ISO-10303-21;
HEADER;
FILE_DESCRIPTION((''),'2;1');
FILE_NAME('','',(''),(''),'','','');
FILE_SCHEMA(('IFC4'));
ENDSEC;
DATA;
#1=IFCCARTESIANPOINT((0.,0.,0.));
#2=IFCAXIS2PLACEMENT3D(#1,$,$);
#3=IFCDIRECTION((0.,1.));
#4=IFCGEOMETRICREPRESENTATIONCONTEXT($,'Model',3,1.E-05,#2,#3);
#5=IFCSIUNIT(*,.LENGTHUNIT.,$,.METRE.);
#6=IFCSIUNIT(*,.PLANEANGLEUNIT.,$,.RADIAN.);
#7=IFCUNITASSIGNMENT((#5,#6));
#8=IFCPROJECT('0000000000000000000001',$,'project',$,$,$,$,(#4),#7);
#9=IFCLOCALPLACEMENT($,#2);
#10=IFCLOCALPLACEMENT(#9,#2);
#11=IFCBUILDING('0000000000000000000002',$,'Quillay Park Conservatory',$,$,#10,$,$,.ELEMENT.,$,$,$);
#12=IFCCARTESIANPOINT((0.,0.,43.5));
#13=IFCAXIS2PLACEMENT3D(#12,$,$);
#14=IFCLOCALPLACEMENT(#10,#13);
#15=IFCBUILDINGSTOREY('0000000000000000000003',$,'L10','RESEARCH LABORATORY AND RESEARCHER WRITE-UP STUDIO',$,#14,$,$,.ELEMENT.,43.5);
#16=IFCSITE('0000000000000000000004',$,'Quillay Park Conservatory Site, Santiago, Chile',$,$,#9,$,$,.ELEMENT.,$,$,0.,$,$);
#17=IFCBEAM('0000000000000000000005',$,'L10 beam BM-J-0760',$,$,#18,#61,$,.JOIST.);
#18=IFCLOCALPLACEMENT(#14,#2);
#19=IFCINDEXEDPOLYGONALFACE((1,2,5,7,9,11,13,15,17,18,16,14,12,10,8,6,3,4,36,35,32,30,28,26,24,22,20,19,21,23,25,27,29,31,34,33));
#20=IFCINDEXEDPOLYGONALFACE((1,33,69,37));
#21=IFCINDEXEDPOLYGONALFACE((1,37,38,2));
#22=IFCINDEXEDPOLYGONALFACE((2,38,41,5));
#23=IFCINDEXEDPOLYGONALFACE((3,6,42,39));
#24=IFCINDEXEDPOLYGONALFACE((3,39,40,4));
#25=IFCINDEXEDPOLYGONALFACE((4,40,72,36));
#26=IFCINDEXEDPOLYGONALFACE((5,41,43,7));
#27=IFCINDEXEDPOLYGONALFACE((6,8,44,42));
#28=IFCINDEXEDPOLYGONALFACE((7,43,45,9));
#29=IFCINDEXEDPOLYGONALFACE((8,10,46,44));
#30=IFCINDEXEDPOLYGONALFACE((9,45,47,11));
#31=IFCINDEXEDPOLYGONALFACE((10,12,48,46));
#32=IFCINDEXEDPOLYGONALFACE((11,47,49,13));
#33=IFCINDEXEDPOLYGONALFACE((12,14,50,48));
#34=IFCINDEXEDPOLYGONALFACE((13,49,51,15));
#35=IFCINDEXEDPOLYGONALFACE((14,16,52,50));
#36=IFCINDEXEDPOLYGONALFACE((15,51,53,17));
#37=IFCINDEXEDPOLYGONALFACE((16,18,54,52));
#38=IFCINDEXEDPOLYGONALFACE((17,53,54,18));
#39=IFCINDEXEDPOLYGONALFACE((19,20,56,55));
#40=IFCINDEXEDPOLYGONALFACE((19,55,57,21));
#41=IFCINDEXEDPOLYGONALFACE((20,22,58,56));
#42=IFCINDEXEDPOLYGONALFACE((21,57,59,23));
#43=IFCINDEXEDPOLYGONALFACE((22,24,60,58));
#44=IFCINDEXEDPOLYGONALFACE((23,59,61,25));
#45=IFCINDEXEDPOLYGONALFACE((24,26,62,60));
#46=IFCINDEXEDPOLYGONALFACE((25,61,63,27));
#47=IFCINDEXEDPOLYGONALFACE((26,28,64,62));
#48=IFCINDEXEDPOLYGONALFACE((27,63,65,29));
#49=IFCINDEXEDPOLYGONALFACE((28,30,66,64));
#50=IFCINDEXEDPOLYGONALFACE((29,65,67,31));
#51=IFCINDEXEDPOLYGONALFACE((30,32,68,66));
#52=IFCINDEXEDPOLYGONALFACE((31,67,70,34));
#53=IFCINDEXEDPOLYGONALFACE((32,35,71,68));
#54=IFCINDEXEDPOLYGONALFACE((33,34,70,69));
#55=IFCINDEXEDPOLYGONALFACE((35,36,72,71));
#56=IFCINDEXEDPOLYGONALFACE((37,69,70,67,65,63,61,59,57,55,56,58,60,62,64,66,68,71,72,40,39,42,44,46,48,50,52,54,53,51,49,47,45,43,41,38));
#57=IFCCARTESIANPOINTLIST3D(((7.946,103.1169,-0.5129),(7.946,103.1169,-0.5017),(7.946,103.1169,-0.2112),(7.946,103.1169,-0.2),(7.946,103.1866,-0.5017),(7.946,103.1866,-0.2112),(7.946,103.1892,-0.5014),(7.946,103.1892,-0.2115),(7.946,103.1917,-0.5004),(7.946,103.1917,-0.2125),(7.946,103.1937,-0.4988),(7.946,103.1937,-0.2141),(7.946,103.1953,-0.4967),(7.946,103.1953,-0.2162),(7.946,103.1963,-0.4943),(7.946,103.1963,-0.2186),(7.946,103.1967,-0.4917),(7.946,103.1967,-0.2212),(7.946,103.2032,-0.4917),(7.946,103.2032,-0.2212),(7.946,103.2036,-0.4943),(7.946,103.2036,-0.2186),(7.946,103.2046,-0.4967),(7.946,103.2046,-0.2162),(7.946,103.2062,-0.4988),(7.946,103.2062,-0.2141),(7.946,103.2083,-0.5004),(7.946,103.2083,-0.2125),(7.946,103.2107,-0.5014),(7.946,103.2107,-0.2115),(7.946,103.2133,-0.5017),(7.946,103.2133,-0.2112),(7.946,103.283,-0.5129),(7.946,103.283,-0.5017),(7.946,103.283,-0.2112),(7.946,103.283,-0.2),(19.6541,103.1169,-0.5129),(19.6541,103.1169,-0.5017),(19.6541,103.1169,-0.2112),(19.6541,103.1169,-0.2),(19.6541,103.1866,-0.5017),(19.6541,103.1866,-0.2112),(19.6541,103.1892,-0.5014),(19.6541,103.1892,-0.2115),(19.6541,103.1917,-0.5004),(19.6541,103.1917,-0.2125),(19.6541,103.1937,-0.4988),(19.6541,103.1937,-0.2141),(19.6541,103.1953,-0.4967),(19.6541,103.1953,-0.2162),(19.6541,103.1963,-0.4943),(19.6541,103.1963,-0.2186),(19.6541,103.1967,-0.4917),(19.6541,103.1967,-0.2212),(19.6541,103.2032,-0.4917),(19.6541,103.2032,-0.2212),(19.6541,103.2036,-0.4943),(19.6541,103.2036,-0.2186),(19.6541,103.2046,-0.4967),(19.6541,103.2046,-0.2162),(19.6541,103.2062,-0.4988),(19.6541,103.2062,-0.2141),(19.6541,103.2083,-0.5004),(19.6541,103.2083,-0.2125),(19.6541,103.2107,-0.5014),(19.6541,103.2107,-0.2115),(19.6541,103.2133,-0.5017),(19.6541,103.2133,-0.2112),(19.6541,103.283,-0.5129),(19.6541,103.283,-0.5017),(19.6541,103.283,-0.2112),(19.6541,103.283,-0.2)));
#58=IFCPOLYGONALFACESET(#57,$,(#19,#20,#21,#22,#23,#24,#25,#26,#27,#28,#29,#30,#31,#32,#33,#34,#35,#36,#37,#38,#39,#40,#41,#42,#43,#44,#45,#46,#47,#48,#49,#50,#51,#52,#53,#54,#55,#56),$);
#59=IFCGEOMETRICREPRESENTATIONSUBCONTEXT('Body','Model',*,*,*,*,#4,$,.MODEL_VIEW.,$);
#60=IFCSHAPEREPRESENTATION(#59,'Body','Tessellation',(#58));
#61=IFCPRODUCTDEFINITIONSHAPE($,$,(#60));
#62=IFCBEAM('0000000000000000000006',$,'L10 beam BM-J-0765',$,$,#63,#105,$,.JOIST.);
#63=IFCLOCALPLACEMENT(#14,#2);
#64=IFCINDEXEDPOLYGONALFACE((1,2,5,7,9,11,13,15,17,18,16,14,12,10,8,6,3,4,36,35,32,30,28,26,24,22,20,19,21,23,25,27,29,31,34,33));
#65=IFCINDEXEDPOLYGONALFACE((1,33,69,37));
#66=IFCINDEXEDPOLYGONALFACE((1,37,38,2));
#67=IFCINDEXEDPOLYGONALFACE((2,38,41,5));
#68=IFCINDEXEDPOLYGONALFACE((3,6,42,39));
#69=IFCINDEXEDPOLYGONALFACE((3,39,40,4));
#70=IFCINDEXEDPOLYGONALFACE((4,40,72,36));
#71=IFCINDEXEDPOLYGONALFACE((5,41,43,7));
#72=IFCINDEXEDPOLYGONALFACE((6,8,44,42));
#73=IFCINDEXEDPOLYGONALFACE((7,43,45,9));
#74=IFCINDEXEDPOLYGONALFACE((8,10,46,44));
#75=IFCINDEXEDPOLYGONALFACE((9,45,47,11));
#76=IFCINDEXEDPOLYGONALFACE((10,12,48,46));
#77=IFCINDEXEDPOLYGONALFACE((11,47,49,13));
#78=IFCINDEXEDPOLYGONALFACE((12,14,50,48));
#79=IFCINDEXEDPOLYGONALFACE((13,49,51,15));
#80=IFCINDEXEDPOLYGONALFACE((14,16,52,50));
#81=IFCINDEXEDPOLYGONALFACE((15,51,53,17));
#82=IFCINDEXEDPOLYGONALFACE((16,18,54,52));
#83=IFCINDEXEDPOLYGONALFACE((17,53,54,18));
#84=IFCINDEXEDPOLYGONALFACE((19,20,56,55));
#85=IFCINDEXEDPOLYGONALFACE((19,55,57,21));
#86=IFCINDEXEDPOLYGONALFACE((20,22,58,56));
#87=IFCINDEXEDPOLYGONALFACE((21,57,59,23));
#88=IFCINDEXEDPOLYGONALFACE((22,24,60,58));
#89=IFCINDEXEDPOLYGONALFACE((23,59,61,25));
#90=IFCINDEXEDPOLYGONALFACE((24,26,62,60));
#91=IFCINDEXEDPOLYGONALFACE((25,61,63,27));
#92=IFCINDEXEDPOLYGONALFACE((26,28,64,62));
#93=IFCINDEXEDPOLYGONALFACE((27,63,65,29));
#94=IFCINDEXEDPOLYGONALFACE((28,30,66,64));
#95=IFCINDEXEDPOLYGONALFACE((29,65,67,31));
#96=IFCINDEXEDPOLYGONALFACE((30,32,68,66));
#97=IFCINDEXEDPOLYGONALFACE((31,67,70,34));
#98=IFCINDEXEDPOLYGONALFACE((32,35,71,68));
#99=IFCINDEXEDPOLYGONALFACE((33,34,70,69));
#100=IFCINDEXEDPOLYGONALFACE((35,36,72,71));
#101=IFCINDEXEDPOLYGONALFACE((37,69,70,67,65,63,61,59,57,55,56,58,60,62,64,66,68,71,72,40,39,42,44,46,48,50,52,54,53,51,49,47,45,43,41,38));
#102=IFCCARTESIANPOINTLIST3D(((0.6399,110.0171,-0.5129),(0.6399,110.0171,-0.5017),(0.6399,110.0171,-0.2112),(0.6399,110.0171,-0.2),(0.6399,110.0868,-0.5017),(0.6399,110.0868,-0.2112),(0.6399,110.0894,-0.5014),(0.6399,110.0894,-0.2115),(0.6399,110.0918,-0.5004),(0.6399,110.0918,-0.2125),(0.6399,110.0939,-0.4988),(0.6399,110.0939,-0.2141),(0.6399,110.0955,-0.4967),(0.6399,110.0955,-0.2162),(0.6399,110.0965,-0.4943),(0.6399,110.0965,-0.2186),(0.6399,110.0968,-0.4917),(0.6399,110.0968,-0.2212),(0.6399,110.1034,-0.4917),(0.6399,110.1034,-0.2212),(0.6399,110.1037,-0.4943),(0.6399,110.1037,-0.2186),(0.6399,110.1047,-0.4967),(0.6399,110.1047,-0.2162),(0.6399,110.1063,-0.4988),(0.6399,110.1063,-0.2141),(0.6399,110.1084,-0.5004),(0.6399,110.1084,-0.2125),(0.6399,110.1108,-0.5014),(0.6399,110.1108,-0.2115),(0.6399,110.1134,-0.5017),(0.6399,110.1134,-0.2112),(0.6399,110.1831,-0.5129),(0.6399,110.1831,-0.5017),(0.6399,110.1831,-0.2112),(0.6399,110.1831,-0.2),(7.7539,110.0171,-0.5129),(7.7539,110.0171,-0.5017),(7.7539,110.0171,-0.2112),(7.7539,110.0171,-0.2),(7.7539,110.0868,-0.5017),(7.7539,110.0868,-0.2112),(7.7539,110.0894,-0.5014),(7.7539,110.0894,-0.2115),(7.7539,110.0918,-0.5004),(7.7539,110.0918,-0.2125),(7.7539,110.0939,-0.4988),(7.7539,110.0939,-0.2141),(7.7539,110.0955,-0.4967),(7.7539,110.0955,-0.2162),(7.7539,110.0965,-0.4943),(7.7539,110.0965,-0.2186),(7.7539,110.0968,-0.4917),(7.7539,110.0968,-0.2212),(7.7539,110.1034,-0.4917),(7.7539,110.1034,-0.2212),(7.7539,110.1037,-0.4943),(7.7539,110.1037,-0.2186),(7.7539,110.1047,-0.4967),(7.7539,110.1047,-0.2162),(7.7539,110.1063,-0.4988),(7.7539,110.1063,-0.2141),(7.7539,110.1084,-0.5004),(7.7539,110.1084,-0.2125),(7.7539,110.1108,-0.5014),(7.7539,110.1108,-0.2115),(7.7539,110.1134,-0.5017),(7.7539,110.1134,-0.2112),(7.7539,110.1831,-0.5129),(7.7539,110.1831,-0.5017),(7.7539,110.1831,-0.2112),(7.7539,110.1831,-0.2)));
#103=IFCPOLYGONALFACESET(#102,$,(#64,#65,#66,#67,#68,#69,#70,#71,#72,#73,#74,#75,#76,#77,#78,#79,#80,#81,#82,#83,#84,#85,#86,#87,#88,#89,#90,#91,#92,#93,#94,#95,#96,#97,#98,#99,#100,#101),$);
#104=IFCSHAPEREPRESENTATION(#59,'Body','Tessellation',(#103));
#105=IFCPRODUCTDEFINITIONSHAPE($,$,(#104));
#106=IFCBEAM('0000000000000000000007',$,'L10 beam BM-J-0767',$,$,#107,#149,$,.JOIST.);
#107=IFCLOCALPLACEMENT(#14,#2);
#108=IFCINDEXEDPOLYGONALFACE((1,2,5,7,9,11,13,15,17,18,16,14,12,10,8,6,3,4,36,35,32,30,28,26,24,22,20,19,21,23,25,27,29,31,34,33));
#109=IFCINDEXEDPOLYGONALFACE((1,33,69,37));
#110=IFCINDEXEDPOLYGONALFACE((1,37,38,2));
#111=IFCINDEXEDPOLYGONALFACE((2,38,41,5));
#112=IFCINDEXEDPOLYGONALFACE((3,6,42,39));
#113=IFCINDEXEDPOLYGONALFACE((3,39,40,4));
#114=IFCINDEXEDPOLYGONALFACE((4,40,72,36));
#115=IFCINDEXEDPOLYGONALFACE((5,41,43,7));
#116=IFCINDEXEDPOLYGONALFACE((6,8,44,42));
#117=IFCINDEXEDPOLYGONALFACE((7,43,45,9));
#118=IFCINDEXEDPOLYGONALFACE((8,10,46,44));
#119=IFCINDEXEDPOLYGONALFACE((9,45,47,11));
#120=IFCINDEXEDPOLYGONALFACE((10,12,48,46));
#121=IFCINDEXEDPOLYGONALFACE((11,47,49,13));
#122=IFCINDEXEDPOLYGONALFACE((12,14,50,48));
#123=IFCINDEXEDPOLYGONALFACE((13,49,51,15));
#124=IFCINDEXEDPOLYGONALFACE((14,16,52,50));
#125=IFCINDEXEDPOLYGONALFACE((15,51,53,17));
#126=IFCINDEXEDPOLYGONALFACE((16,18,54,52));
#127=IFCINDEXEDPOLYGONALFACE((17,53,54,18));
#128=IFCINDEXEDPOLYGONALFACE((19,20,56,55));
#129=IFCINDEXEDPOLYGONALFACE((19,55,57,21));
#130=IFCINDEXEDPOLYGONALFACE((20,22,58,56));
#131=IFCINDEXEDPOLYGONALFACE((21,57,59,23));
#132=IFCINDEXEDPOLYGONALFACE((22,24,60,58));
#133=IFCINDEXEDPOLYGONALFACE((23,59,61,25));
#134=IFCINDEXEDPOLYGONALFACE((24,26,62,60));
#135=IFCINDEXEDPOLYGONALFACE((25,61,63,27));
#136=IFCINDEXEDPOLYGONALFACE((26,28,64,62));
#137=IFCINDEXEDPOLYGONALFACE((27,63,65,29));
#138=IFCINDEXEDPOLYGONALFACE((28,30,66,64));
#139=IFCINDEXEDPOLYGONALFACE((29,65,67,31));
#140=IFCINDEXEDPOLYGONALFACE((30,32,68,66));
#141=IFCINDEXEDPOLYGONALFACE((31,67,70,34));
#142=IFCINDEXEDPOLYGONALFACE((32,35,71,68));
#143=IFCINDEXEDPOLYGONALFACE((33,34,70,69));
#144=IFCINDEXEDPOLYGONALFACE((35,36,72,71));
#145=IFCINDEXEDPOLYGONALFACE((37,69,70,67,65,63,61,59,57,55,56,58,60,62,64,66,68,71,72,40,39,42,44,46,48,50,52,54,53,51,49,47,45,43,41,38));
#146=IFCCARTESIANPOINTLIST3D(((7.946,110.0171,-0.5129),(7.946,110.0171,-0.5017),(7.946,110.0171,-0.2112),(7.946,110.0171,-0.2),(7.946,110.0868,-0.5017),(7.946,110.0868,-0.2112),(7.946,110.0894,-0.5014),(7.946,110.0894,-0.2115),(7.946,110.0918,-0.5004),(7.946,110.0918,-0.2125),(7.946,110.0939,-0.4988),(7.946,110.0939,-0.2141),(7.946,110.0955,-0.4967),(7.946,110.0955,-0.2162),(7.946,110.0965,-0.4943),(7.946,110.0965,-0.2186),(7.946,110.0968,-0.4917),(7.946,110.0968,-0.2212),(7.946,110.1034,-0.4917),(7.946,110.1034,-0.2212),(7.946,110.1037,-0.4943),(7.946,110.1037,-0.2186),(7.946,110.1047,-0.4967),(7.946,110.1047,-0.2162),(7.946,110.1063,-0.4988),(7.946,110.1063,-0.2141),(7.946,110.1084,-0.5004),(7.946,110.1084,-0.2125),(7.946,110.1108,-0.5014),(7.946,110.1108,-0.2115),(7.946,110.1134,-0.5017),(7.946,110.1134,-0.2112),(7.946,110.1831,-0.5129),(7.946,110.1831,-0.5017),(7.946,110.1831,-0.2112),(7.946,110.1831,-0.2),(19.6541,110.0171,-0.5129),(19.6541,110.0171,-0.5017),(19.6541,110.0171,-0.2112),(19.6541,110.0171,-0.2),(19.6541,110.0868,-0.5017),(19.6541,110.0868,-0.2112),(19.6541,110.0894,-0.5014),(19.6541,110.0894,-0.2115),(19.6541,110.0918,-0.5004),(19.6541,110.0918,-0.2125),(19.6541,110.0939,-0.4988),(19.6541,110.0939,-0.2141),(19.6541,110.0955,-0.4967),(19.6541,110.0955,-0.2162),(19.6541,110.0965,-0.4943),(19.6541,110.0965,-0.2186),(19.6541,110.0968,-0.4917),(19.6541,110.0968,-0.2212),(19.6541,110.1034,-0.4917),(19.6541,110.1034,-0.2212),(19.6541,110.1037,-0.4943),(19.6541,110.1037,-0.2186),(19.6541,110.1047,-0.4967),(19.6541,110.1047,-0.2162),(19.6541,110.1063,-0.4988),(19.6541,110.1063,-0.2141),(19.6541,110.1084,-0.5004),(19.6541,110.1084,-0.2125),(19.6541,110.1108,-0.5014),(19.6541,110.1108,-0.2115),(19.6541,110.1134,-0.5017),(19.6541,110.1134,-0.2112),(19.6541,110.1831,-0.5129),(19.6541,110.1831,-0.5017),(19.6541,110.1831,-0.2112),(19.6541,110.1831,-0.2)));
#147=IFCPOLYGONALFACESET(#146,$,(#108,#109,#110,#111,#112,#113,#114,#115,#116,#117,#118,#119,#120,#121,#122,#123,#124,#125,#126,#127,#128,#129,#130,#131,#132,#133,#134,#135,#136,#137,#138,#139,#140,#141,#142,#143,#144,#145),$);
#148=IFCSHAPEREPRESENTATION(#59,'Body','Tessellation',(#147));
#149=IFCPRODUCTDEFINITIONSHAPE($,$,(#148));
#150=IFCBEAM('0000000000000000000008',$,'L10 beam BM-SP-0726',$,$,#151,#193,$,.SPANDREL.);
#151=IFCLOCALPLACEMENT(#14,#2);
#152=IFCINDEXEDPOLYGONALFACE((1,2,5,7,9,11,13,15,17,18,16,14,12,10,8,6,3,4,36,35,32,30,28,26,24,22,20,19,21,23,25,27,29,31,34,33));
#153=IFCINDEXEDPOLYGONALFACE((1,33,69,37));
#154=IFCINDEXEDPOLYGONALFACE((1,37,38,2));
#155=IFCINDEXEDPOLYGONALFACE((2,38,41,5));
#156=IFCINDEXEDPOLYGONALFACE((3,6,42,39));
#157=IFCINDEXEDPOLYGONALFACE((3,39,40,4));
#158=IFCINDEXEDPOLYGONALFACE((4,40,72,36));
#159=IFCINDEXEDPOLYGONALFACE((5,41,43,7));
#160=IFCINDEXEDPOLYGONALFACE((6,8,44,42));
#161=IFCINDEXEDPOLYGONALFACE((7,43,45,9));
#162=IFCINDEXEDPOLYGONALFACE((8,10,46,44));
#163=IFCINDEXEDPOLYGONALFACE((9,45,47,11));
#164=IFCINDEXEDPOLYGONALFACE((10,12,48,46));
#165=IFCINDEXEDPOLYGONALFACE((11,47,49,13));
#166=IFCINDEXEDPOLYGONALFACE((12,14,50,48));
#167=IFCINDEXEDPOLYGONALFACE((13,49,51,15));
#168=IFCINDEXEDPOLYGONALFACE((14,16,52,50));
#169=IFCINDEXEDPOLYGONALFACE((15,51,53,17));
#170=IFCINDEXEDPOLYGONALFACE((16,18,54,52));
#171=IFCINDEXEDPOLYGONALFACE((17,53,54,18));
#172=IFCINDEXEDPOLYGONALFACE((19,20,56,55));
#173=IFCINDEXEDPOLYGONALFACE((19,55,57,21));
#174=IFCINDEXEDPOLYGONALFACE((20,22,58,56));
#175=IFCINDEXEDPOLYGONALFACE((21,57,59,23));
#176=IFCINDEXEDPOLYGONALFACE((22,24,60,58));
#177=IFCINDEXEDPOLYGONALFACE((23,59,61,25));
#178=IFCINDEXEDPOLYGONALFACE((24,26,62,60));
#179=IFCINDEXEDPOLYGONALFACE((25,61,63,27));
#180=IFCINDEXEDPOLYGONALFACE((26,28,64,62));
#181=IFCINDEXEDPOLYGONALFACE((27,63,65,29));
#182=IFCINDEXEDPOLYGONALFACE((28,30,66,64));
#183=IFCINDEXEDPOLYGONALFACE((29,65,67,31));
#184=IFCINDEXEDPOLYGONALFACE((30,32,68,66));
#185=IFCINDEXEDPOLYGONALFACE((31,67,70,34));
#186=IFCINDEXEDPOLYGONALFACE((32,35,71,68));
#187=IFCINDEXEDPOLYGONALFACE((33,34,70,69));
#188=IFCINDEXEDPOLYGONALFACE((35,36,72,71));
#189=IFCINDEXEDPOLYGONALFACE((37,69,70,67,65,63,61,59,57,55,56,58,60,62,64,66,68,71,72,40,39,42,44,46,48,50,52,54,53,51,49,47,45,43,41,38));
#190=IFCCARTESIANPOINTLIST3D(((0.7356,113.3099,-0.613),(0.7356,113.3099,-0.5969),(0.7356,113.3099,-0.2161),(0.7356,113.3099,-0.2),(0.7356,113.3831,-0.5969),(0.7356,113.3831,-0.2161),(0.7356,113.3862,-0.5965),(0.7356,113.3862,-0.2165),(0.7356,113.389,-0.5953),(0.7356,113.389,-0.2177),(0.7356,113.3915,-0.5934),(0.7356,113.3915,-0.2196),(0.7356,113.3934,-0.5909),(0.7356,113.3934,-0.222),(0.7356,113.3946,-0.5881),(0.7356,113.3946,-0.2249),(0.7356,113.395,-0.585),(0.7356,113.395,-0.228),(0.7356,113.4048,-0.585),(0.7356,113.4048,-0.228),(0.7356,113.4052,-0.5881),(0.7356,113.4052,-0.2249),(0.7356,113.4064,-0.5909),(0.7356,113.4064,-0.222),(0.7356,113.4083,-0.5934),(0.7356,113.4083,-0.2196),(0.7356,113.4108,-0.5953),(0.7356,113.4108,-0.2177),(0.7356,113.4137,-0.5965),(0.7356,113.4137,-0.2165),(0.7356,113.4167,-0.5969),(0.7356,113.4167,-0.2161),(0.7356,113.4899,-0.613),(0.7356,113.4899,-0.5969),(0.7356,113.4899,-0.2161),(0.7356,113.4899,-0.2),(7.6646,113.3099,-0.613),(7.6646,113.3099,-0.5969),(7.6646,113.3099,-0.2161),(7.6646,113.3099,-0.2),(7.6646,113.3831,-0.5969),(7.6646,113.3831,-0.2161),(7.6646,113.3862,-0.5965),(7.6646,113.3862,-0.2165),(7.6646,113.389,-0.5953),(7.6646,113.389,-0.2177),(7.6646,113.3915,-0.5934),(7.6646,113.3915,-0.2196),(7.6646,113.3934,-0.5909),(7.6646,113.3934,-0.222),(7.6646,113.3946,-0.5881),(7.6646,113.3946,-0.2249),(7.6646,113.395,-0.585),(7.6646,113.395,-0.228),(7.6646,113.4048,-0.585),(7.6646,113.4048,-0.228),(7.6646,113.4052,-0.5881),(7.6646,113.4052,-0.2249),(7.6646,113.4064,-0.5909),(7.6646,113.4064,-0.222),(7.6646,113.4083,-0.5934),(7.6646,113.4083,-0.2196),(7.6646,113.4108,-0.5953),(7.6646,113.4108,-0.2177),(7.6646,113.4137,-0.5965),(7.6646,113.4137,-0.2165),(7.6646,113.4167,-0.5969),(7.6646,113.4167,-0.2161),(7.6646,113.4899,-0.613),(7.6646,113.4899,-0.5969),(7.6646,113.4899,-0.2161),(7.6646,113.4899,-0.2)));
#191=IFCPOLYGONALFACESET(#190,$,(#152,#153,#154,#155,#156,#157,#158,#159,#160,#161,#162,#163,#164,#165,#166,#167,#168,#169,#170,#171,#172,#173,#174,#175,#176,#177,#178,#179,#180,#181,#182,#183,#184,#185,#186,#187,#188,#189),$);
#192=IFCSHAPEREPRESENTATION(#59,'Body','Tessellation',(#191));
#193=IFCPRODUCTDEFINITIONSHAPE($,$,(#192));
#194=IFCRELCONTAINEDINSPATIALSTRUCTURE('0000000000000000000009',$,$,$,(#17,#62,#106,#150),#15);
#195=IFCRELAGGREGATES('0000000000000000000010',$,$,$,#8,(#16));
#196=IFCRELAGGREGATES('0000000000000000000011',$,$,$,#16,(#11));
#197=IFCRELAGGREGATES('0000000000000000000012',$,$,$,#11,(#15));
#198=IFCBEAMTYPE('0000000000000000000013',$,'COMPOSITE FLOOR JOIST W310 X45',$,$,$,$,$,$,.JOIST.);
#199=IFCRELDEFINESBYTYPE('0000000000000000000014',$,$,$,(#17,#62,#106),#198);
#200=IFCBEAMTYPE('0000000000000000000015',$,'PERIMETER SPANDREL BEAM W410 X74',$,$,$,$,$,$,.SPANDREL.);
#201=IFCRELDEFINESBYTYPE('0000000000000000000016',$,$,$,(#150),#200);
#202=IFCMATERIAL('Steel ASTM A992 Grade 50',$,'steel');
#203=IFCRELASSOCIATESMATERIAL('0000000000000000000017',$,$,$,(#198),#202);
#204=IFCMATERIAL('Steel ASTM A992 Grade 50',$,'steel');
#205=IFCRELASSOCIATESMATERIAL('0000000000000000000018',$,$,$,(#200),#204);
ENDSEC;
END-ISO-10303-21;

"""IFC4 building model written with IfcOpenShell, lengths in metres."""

from ifc_helpers import new_model, si_unit, direction, frame, origin, origin_2d, place, context, subcontext, project, spatial, i_section, extrude, material, material_profile, profile_set, type_object, element, save


model = new_model("IFC4")

# Units and contexts
model_context = context("Model", 3, precision=1e-05, world=origin(), true_north=direction((0.0, 1.0)))
body_context = subcontext(model_context, "Body", "Model", "MODEL_VIEW")
ifc_project = project(units=[si_unit("LENGTHUNIT", "METRE"), si_unit("PLANEANGLEUNIT", "RADIAN")], contexts=[model_context])

# Site, building, storey
site_placement = place(None, origin())
site = spatial("IfcSite", under=ifc_project, at=site_placement, Name="Quillay Park Conservatory Site, Santiago, Chile", CompositionType="ELEMENT", RefElevation=0.0)
building_placement = place(site_placement, origin())
building = spatial("IfcBuilding", under=site, at=building_placement, Name="Quillay Park Conservatory", CompositionType="ELEMENT")
storey_placement = place(building_placement, frame((0.0, 0.0, 43.5)))
storey = spatial("IfcBuildingStorey", under=building, at=storey_placement, Name="L10", Description="RESEARCH LABORATORY AND RESEARCHER WRITE-UP STUDIO", CompositionType="ELEMENT", Elevation=43.5)

# Beams
ifc_material_1 = material(Name="Steel ASTM A992 Grade 50", Category="steel")
ifc_material_profile_1 = material_profile(ifc_material_1, i_section(OverallWidth=0.166, OverallDepth=0.313, WebThickness=0.0066, FlangeThickness=0.0112, FilletRadius=0.01, at=origin_2d()), Name="W310x45")
ifc_profile_set_1 = profile_set([ifc_material_profile_1], Name="Steel ASTM A992 Grade 50")
beam_type_1 = type_object("IfcBeamType", Name="COMPOSITE FLOOR JOIST W310 X45", PredefinedType="JOIST", material=ifc_profile_set_1)
beam_1_placement = place(storey_placement, frame((7.946, 103.2, -0.3564), z_axis=(1.0, 0.0, 0.0), x_axis=(0.0, 1.0, 0.0)))
element("IfcBeam", 1, at=beam_1_placement, inside=storey, type_object=beam_type_1, Name="L10 beam BM-J-0760", PredefinedType="JOIST", context=body_context, shape_type="SweptSolid", body=[
    extrude(i_section(OverallWidth=0.166, OverallDepth=0.313, WebThickness=0.0066, FlangeThickness=0.0112, FilletRadius=0.01, at=origin_2d()), origin(), (0.0, 0.0, 1.0), 11.708),
])
beam_2_placement = place(storey_placement, frame((0.6399, 110.1001, -0.3564), z_axis=(1.0, 0.0, 0.0), x_axis=(0.0, 1.0, 0.0)))
element("IfcBeam", 2, at=beam_2_placement, inside=storey, type_object=beam_type_1, Name="L10 beam BM-J-0765", PredefinedType="JOIST", context=body_context, shape_type="SweptSolid", body=[
    extrude(i_section(OverallWidth=0.166, OverallDepth=0.313, WebThickness=0.0066, FlangeThickness=0.0112, FilletRadius=0.01, at=origin_2d()), origin(), (0.0, 0.0, 1.0), 7.114),
])
beam_3_placement = place(storey_placement, frame((7.946, 110.1001, -0.3564), z_axis=(1.0, 0.0, 0.0), x_axis=(0.0, 1.0, 0.0)))
element("IfcBeam", 3, at=beam_3_placement, inside=storey, type_object=beam_type_1, Name="L10 beam BM-J-0767", PredefinedType="JOIST", context=body_context, shape_type="SweptSolid", body=[
    extrude(i_section(OverallWidth=0.166, OverallDepth=0.313, WebThickness=0.0066, FlangeThickness=0.0112, FilletRadius=0.01, at=origin_2d()), origin(), (0.0, 0.0, 1.0), 11.708),
])
ifc_material_2 = material(Name="Steel ASTM A992 Grade 50", Category="steel")
ifc_material_profile_2 = material_profile(ifc_material_2, i_section(OverallWidth=0.1799, OverallDepth=0.4131, WebThickness=0.0098, FlangeThickness=0.0161, FilletRadius=0.012, at=origin_2d()), Name="W410x74")
ifc_profile_set_2 = profile_set([ifc_material_profile_2], Name="Steel ASTM A992 Grade 50")
beam_type_2 = type_object("IfcBeamType", Name="PERIMETER SPANDREL BEAM W410 X74", PredefinedType="SPANDREL", material=ifc_profile_set_2)
beam_4_placement = place(storey_placement, frame((0.7356, 113.3999, -0.4065), z_axis=(1.0, 0.0, 0.0), x_axis=(0.0, 1.0, 0.0)))
element("IfcBeam", 4, at=beam_4_placement, inside=storey, type_object=beam_type_2, Name="L10 beam BM-SP-0726", PredefinedType="SPANDREL", context=body_context, shape_type="SweptSolid", body=[
    extrude(i_section(OverallWidth=0.1799, OverallDepth=0.4131, WebThickness=0.0098, FlangeThickness=0.0161, FilletRadius=0.012, at=origin_2d()), origin(), (0.0, 0.0, 1.0), 6.929),
])

save(model, "model.ifc")
